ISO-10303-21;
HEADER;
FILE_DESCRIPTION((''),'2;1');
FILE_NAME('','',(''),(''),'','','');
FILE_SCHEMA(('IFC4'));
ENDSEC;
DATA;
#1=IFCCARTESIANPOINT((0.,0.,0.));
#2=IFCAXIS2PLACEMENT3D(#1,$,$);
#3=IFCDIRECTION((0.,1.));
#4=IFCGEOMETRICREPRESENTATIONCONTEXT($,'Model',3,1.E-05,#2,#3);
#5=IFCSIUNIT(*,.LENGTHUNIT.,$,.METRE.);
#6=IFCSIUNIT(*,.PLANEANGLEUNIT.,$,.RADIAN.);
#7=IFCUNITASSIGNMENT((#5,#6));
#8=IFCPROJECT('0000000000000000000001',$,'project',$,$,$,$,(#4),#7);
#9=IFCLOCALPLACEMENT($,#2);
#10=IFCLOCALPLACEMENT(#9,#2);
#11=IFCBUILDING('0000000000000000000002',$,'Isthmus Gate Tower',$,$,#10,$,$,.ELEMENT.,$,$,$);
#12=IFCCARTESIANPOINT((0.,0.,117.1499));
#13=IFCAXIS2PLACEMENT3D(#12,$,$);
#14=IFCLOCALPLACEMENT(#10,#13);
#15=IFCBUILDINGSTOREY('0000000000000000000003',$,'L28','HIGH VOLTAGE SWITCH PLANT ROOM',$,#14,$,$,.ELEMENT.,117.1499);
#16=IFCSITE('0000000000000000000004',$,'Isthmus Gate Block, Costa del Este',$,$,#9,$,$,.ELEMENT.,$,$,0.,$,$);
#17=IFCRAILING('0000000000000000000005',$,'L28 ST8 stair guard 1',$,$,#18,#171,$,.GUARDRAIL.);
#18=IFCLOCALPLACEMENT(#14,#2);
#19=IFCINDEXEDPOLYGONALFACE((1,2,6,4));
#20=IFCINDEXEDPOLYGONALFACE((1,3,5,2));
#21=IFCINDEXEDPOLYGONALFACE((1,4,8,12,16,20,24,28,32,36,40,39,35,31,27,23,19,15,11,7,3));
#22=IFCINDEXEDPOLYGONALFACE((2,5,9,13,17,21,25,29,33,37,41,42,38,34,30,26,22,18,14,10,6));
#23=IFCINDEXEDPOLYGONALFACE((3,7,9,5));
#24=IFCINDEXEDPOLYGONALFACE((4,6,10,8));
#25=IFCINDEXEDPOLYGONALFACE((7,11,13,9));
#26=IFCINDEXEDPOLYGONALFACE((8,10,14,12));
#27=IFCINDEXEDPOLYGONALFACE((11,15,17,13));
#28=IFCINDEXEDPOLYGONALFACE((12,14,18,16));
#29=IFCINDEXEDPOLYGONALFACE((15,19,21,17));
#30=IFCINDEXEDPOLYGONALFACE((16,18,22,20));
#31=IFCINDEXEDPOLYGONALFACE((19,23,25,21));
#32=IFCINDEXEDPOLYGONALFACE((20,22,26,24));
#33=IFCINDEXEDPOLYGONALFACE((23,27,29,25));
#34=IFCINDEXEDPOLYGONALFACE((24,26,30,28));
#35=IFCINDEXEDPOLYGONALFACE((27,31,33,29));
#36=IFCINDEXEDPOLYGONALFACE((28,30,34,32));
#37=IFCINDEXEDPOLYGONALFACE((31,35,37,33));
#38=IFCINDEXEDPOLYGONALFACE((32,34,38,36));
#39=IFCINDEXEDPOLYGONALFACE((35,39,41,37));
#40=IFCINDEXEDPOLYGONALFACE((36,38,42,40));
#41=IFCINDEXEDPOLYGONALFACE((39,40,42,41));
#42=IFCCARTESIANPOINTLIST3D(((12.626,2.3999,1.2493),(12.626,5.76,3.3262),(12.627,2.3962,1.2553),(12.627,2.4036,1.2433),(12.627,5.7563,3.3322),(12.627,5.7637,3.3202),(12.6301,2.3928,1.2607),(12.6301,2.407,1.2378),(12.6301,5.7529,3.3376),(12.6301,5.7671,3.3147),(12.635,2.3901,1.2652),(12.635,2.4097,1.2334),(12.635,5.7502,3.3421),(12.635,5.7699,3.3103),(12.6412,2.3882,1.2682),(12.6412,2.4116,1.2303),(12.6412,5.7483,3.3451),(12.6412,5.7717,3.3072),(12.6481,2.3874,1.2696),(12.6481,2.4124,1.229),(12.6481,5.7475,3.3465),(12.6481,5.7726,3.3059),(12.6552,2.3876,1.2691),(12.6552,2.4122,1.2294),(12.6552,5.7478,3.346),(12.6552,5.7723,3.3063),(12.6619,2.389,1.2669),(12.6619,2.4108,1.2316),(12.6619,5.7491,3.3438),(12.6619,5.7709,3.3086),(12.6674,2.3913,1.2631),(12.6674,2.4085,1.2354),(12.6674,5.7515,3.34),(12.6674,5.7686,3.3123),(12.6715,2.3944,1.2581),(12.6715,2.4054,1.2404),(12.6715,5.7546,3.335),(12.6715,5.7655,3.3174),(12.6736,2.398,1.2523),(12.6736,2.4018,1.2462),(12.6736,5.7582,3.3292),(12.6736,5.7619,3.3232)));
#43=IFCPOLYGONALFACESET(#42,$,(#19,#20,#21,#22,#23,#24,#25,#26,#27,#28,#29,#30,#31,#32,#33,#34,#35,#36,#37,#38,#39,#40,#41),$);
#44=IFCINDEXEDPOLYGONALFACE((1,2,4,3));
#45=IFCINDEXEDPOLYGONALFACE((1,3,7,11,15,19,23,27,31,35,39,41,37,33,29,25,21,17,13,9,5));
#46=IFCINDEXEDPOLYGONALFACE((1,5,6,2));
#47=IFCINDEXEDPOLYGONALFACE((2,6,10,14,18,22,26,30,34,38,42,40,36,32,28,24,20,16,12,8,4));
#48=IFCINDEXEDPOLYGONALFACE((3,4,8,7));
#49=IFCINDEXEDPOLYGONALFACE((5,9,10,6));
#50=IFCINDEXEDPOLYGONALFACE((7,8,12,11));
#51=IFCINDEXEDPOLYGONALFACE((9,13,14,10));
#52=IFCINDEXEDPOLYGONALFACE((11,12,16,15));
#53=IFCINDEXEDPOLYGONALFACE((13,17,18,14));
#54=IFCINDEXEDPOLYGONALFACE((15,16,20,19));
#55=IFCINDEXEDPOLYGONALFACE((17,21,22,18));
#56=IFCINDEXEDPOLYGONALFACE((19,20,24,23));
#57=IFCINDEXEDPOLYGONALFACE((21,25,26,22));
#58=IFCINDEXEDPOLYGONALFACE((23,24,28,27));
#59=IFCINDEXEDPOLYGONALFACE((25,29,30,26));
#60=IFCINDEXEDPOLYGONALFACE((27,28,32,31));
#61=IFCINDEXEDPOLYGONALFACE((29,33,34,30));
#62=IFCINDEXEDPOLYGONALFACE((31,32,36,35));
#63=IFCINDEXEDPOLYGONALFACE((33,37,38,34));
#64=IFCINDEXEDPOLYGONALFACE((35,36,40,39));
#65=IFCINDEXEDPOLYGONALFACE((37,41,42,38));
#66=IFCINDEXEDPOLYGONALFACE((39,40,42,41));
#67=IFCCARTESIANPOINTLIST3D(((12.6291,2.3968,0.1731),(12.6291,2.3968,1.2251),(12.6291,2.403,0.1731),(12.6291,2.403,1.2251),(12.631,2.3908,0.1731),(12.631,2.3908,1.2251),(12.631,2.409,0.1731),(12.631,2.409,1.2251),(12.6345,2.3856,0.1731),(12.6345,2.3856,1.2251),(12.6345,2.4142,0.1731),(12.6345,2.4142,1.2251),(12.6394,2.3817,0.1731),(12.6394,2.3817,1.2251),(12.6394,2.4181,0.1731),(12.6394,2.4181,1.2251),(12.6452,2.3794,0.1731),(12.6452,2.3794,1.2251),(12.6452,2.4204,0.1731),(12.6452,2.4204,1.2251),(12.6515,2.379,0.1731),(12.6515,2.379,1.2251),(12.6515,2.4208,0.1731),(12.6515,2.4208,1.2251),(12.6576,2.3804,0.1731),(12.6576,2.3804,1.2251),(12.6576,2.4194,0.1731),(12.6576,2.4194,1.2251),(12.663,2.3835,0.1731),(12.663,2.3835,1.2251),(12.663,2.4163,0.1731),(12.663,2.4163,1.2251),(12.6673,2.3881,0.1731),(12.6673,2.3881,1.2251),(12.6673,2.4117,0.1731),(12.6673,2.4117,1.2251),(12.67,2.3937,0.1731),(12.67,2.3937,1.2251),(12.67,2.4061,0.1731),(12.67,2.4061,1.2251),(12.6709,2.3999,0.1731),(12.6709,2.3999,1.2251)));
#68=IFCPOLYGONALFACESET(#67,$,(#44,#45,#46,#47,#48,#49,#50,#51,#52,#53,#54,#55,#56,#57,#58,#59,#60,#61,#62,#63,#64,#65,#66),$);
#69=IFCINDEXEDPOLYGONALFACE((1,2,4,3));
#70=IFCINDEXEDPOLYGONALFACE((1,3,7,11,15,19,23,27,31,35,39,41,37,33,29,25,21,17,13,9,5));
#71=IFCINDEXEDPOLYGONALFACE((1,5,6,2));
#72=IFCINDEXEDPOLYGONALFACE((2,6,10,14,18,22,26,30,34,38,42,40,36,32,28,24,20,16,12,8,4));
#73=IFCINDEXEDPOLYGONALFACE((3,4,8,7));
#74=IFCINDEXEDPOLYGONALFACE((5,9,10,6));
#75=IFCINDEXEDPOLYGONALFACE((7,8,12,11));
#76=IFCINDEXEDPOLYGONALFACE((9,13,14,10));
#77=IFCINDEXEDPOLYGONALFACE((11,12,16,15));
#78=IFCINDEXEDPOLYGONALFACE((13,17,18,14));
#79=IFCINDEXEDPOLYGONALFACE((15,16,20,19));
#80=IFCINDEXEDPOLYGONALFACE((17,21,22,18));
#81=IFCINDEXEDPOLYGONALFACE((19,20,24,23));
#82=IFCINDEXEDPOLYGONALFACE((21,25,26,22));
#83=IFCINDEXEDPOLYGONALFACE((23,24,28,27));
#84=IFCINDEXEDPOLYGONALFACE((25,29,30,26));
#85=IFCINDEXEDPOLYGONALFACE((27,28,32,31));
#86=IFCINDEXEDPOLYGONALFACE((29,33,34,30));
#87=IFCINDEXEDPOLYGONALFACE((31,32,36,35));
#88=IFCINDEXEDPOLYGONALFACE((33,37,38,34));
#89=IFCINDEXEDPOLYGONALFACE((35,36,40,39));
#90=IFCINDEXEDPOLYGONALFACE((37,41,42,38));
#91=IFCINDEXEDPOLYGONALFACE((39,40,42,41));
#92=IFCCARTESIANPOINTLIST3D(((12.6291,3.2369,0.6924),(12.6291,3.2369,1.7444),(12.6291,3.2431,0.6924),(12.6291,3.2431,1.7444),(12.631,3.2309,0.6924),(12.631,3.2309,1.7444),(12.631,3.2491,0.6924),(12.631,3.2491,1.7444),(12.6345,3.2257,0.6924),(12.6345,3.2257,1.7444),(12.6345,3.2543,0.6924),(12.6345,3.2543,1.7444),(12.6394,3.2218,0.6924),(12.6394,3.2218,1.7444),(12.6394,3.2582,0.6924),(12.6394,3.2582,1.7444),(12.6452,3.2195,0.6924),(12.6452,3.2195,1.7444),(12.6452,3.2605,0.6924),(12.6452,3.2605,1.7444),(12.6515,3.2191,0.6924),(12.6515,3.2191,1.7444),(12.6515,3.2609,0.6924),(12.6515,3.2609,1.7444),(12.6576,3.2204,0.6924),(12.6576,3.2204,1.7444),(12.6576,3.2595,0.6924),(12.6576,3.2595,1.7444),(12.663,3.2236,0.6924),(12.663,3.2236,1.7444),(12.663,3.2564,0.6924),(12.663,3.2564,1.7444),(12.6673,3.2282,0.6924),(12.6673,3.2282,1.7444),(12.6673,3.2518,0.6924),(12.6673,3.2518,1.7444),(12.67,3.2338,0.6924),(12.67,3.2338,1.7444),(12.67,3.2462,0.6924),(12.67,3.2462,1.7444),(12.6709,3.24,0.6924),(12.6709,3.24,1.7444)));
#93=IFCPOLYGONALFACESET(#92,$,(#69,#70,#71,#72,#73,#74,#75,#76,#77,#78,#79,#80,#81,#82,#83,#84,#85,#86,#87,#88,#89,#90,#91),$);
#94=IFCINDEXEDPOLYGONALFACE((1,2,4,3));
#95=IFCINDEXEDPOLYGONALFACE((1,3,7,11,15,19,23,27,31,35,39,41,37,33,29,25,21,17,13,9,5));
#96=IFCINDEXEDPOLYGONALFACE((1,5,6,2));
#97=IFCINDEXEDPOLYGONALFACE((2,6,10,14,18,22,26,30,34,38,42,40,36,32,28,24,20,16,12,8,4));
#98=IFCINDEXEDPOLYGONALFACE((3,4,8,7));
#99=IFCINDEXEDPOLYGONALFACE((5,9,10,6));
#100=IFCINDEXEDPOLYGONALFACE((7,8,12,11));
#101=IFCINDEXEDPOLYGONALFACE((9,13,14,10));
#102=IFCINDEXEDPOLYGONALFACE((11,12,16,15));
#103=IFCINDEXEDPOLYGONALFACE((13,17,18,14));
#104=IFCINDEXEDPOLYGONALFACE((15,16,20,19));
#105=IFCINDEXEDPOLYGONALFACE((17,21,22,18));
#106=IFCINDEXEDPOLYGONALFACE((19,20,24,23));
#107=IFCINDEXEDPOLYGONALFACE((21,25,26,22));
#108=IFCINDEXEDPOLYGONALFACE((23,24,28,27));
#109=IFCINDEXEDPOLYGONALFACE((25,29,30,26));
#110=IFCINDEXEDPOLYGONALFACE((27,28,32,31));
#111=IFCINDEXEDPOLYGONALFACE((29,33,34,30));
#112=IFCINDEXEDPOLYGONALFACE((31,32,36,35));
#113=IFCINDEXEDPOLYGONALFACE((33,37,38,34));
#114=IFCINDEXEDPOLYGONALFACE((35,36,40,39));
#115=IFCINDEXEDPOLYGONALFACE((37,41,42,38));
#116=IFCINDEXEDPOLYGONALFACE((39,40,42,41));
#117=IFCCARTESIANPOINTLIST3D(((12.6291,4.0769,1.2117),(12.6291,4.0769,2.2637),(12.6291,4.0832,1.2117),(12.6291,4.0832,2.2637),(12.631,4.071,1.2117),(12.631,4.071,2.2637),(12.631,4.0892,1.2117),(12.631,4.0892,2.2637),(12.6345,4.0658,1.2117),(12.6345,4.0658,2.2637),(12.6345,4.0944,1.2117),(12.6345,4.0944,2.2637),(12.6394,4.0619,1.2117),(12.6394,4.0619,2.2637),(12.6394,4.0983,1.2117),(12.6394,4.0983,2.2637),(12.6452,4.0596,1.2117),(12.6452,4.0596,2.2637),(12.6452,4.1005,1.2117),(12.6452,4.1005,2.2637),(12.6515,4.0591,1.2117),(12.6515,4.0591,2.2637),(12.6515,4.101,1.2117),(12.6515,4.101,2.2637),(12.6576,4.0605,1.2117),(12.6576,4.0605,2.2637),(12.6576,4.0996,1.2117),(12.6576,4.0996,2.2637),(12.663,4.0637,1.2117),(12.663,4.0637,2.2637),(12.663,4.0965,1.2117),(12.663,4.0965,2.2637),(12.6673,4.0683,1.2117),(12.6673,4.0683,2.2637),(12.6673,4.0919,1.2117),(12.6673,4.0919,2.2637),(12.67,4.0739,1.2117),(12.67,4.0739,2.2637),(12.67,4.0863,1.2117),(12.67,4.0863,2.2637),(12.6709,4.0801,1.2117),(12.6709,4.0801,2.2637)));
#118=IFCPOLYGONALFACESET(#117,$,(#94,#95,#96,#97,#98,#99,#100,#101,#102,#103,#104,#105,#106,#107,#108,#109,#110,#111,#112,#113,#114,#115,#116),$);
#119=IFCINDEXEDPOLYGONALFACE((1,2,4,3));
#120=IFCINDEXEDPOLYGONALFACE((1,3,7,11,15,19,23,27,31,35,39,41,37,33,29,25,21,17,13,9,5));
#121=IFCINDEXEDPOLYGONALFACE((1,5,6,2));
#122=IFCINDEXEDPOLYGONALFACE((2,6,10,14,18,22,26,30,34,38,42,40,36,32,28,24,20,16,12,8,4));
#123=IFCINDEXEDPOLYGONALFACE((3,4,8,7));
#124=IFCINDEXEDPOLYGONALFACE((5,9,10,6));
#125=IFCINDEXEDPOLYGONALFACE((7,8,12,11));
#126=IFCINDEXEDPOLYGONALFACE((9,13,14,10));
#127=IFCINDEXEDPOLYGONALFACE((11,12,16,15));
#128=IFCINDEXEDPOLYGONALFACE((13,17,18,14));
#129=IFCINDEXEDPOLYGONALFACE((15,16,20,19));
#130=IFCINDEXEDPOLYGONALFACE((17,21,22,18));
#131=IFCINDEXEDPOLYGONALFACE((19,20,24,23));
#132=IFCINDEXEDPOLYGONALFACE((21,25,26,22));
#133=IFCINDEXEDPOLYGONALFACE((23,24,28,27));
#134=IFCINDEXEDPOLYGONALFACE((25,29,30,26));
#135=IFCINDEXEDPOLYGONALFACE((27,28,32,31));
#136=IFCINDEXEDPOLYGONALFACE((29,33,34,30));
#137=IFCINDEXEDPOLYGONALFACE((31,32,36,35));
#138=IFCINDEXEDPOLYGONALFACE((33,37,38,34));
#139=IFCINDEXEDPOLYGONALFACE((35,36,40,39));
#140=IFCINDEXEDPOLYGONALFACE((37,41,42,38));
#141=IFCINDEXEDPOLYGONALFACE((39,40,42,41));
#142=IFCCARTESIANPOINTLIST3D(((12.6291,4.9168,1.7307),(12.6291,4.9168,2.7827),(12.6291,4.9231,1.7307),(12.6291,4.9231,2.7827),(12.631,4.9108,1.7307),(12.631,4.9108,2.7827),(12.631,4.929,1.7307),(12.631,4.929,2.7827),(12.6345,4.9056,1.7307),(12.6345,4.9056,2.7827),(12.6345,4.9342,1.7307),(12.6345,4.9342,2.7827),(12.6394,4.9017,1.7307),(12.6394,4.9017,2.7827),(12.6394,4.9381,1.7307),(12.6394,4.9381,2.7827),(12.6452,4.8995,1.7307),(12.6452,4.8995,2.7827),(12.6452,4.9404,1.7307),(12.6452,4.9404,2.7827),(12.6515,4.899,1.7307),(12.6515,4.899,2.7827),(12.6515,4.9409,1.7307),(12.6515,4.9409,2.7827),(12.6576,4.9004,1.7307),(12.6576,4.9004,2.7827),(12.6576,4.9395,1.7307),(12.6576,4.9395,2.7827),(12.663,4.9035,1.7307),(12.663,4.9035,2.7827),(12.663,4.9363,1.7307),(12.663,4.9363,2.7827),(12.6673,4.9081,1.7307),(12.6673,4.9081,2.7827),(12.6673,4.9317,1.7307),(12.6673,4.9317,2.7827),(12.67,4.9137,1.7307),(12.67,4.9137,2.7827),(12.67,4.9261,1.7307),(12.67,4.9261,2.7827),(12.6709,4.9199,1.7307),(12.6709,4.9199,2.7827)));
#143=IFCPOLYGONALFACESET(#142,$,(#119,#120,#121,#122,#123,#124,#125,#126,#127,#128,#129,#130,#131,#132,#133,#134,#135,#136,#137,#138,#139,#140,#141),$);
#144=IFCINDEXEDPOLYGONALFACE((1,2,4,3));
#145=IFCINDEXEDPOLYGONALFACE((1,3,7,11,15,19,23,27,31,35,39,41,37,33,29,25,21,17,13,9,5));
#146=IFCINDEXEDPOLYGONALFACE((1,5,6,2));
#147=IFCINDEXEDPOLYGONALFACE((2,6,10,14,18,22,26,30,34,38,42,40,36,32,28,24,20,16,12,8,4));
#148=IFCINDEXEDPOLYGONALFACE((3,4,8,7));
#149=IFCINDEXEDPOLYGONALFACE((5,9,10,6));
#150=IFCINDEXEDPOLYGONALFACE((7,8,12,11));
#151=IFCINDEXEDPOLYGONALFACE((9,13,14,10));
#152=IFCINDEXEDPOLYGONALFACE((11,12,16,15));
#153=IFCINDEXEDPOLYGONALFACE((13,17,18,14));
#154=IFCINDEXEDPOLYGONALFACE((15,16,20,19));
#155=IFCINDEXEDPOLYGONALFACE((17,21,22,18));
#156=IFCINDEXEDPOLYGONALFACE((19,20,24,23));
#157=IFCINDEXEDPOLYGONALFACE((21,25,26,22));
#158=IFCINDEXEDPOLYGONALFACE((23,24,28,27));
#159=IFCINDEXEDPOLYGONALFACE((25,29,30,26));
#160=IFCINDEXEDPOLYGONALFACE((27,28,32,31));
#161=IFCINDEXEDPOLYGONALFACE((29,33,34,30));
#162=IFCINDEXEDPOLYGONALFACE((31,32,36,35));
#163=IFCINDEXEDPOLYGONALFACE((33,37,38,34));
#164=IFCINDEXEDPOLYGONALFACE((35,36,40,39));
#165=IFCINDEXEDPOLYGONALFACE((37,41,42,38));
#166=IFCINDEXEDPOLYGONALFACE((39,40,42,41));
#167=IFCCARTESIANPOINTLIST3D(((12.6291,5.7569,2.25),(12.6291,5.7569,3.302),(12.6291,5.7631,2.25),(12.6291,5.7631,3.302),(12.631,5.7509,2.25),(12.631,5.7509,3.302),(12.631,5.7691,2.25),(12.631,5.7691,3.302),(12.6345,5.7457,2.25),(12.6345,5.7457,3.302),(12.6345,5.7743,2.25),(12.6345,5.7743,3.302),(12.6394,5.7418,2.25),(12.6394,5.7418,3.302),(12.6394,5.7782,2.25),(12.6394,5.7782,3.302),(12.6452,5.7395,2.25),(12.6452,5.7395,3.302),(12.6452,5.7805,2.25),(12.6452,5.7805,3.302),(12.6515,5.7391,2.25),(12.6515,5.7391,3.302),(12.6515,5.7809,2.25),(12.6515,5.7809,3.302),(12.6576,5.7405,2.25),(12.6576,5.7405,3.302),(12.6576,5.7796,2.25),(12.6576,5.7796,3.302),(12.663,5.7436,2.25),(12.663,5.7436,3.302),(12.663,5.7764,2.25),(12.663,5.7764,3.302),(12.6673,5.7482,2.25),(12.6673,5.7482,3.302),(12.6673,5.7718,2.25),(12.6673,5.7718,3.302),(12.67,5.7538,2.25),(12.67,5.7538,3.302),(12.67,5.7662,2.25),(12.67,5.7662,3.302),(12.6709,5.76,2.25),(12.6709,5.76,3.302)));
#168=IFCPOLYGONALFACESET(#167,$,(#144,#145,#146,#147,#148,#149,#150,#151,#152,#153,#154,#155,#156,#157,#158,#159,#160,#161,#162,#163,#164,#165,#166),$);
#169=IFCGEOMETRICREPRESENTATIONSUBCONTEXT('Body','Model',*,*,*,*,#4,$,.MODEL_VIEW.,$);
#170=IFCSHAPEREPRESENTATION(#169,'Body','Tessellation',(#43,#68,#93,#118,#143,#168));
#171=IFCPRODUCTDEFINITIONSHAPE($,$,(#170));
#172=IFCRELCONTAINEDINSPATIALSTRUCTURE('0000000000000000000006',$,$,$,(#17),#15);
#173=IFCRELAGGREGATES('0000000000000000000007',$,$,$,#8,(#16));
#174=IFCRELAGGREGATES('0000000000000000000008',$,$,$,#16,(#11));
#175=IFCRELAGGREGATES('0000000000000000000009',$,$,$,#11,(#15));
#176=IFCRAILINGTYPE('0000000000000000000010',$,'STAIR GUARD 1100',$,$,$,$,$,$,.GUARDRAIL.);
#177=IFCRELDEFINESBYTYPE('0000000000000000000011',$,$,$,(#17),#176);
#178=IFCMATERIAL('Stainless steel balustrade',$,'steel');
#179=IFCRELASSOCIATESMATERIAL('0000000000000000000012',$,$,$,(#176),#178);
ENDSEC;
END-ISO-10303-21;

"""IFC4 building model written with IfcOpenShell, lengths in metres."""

from ifc_helpers import new_model, si_unit, direction, frame, origin, origin_2d, place, context, subcontext, project, spatial, circle, extrude, material, type_object, element, save


model = new_model("IFC4")

# Units and contexts
model_context = context("Model", 3, precision=1e-05, world=origin(), true_north=direction((0.0, 1.0)))
body_context = subcontext(model_context, "Body", "Model", "MODEL_VIEW")
ifc_project = project(units=[si_unit("LENGTHUNIT", "METRE"), si_unit("PLANEANGLEUNIT", "RADIAN")], contexts=[model_context])

# Site, building, storey
site_placement = place(None, origin())
site = spatial("IfcSite", under=ifc_project, at=site_placement, Name="Isthmus Gate Block, Costa del Este", CompositionType="ELEMENT", RefElevation=0.0)
building_placement = place(site_placement, origin())
building = spatial("IfcBuilding", under=site, at=building_placement, Name="Isthmus Gate Tower", CompositionType="ELEMENT")
storey_placement = place(building_placement, frame((0.0, 0.0, 117.1499)))
storey = spatial("IfcBuildingStorey", under=building, at=storey_placement, Name="L28", Description="HIGH VOLTAGE SWITCH PLANT ROOM", CompositionType="ELEMENT", Elevation=117.1499)

# Railing
ifc_material_1 = material(Name="Stainless steel balustrade", Category="steel")
railing_type_1 = type_object("IfcRailingType", Name="STAIR GUARD 1100", PredefinedType="GUARDRAIL", material=ifc_material_1)
railing_1_placement = place(storey_placement, frame((12.6499, 2.3999, 0.1731)))
element("IfcRailing", 1, at=railing_1_placement, inside=storey, type_object=railing_type_1, Name="L28 ST8 stair guard 1", PredefinedType="GUARDRAIL", context=body_context, shape_type="SweptSolid", body=[
    extrude(circle(Radius=0.0239, at=origin_2d()), frame((0.0, 0.0, 1.0762), z_axis=(0.0, 0.850623, 0.525776), x_axis=(-1.0, 0.0, 0.0)), (0.0, 0.0, 1.0), 3.9502),
    extrude(circle(Radius=0.021, at=origin_2d()), origin(), (0.0, 0.0, 1.0), 1.052),
    extrude(circle(Radius=0.021, at=origin_2d()), frame((0.0, 0.8401, 0.5193)), (0.0, 0.0, 1.0), 1.052),
    extrude(circle(Radius=0.021, at=origin_2d()), frame((0.0, 1.6802, 1.0386)), (0.0, 0.0, 1.0), 1.052),
    extrude(circle(Radius=0.021, at=origin_2d()), frame((0.0, 2.52, 1.5576)), (0.0, 0.0, 1.0), 1.052),
    extrude(circle(Radius=0.021, at=origin_2d()), frame((0.0, 3.3601, 2.0769)), (0.0, 0.0, 1.0), 1.052),
])

save(model, "model.ifc")
